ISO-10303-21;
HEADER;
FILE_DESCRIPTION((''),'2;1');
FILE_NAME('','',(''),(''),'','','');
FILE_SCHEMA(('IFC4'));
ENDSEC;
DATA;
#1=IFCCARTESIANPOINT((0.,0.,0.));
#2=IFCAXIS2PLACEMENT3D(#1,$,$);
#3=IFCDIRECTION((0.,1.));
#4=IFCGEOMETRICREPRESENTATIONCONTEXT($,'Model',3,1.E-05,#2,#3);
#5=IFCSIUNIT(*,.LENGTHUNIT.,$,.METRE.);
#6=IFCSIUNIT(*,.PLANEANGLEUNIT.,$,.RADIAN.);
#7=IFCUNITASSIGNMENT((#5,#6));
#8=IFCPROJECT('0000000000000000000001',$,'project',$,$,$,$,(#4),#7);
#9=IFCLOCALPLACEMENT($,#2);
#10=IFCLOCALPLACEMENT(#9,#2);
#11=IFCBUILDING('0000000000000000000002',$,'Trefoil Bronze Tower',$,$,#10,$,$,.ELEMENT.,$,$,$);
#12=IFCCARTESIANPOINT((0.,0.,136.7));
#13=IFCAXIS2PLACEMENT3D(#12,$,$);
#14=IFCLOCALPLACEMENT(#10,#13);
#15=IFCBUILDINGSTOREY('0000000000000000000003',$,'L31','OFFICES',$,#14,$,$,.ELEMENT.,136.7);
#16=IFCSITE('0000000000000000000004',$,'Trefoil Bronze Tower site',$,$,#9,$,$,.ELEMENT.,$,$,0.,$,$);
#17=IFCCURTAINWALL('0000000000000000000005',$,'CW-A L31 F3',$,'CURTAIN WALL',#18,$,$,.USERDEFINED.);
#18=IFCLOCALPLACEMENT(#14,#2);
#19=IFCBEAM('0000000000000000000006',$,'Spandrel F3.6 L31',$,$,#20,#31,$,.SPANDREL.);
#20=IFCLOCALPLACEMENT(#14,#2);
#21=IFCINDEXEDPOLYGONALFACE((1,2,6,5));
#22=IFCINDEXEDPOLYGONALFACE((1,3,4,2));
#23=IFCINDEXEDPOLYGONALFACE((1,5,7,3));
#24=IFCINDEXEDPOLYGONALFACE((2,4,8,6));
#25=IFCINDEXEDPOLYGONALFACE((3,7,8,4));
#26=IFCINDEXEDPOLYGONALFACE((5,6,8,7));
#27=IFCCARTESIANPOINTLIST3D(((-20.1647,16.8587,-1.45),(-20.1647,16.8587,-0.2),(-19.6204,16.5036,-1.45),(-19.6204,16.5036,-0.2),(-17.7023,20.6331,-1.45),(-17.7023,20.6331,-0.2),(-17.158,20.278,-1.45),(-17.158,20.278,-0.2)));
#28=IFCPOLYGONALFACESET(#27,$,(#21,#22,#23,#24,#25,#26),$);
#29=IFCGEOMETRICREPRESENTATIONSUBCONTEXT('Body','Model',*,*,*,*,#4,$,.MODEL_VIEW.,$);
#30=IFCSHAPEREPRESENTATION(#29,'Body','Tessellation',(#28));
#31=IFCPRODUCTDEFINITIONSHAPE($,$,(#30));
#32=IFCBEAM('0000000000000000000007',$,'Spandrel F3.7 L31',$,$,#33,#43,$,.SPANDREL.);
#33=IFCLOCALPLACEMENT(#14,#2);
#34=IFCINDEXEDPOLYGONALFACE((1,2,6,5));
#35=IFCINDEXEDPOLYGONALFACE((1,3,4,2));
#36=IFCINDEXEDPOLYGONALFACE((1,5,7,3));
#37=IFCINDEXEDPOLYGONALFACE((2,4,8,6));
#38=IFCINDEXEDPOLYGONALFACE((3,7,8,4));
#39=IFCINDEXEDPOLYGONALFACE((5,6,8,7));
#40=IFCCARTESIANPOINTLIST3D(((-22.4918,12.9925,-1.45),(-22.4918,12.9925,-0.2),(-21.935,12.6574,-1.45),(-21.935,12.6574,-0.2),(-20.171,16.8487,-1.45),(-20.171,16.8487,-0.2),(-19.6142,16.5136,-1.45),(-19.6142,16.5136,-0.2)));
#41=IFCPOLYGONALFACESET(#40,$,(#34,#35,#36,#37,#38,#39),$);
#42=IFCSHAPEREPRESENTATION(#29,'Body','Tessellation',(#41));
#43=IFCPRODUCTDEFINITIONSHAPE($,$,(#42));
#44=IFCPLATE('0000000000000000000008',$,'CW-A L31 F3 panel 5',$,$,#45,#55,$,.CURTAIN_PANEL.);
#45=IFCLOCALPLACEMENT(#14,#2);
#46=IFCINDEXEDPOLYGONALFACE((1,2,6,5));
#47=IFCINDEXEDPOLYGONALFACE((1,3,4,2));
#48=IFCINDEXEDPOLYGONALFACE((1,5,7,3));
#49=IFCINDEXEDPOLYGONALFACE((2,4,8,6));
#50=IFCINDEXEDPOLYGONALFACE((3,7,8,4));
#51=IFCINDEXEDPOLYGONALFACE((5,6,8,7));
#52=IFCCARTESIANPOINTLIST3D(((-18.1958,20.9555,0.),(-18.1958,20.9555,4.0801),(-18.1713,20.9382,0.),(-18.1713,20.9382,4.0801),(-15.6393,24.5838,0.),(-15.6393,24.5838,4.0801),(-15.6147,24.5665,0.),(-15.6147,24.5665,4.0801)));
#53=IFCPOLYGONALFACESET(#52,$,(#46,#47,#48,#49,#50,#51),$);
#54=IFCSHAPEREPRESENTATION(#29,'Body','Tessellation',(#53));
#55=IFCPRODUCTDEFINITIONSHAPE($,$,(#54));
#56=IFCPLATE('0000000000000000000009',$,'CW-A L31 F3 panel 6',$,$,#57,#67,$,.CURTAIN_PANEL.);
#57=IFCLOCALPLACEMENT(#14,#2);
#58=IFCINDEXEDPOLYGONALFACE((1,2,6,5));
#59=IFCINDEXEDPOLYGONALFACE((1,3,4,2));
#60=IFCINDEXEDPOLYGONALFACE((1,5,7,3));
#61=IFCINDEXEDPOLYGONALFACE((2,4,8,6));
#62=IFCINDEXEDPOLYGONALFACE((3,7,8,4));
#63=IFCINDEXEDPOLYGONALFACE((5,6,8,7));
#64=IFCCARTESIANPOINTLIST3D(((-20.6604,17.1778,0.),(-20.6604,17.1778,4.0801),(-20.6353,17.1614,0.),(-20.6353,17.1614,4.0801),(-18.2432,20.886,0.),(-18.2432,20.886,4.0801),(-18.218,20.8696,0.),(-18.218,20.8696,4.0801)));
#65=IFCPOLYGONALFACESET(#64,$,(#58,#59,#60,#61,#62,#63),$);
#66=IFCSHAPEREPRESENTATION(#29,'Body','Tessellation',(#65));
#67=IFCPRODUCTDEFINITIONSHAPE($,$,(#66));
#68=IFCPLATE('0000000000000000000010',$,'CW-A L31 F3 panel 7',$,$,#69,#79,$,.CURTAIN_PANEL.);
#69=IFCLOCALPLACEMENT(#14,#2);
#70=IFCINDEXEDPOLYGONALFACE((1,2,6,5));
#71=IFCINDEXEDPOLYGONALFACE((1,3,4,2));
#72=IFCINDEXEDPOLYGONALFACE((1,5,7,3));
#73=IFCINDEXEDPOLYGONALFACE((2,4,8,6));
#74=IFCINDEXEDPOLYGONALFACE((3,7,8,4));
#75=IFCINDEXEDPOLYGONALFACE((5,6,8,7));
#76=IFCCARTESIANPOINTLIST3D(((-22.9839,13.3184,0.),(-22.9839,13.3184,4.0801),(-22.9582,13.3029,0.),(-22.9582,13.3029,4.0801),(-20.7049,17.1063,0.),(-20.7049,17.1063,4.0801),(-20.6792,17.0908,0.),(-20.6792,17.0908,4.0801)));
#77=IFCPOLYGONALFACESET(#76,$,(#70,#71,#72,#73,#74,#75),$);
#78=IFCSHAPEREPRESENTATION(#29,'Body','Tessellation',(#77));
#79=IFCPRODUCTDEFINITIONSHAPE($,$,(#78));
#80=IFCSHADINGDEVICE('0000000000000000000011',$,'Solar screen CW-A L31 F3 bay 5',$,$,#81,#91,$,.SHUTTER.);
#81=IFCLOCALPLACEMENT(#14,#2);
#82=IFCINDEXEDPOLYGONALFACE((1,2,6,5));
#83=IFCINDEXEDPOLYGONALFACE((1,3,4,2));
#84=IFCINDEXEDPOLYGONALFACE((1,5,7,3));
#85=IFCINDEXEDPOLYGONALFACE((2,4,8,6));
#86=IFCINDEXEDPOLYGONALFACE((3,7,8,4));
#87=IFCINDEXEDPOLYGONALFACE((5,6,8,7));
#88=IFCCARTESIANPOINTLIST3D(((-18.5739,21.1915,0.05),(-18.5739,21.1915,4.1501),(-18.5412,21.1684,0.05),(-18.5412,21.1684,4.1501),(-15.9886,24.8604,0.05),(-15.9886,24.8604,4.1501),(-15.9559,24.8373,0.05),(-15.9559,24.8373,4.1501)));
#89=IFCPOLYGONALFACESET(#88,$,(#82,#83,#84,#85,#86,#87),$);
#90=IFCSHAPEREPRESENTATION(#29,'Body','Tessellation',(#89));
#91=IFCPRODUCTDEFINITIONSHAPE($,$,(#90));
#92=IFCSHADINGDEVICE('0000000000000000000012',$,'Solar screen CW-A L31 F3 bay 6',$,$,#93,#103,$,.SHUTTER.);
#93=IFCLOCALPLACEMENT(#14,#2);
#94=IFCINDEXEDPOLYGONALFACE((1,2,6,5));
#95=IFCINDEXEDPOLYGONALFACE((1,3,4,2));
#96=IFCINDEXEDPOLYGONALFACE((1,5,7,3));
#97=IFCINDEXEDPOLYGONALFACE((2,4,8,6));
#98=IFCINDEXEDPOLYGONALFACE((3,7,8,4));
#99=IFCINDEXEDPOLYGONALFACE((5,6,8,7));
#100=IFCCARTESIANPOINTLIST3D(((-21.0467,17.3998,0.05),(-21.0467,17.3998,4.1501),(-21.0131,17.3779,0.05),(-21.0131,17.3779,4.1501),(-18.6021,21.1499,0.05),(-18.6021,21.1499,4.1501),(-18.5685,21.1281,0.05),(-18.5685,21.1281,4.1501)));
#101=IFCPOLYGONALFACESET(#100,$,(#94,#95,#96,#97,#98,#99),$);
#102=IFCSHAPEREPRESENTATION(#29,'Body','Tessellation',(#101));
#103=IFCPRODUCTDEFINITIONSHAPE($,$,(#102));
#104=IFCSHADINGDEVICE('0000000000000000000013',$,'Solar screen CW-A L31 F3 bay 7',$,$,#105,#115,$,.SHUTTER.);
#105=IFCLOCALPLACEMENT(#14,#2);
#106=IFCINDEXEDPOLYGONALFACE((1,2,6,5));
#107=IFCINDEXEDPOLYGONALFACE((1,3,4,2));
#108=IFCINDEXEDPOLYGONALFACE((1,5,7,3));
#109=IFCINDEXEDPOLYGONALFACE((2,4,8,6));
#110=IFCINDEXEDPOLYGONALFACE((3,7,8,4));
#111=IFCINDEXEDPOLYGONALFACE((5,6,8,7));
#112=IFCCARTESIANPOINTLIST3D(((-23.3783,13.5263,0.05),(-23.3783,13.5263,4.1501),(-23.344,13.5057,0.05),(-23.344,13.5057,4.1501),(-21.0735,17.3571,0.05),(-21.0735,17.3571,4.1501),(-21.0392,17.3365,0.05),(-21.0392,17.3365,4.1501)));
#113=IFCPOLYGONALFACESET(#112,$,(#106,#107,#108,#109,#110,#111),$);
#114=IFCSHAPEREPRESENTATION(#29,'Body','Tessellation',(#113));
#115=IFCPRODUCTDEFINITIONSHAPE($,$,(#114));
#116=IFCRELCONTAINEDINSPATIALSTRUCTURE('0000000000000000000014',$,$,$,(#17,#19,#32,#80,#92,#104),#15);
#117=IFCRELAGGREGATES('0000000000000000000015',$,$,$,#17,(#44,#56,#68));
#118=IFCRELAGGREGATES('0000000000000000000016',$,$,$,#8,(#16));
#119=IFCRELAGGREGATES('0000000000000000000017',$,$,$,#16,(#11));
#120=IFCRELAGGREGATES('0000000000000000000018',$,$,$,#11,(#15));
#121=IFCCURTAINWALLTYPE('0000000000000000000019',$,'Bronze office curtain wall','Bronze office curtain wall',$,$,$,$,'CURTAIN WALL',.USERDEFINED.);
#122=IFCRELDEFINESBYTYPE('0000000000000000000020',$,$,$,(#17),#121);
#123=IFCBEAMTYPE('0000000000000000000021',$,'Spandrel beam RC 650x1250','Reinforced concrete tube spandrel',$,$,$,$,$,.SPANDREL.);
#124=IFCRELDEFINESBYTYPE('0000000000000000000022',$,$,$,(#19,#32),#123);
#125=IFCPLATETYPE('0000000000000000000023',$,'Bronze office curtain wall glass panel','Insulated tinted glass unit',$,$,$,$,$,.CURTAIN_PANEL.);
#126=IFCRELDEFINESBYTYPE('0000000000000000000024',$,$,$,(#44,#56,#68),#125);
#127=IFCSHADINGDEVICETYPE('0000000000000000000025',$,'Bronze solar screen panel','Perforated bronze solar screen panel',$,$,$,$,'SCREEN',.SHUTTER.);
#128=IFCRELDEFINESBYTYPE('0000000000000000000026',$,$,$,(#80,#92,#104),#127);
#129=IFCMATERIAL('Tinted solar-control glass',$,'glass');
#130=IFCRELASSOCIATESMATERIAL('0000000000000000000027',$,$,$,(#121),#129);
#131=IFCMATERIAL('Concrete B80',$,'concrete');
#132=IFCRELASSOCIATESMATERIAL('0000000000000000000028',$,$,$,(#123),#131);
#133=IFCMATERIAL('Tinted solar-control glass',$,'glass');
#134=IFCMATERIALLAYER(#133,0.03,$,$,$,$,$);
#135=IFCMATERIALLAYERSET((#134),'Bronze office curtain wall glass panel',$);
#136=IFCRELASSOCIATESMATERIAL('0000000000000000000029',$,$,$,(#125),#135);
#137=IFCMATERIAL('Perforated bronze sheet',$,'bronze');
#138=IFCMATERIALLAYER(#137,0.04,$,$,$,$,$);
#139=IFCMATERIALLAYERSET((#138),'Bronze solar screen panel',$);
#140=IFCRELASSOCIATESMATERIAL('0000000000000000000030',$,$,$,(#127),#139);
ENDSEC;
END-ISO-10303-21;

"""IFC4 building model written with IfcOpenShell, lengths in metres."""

from ifc_helpers import new_model, si_unit, direction, frame, origin, origin_2d, place, context, subcontext, project, spatial, rectangle, extrude, material, layer, layer_set, material_profile, profile_set, type_object, element, aggregate, save


model = new_model("IFC4")

# Units and contexts
model_context = context("Model", 3, precision=1e-05, world=origin(), true_north=direction((0.0, 1.0)))
body_context = subcontext(model_context, "Body", "Model", "MODEL_VIEW")
ifc_project = project(units=[si_unit("LENGTHUNIT", "METRE"), si_unit("PLANEANGLEUNIT", "RADIAN")], contexts=[model_context])

# Site, building, storey
site_placement = place(None, origin())
site = spatial("IfcSite", under=ifc_project, at=site_placement, Name="Trefoil Bronze Tower site", CompositionType="ELEMENT", RefElevation=0.0)
building_placement = place(site_placement, origin())
building = spatial("IfcBuilding", under=site, at=building_placement, Name="Trefoil Bronze Tower", CompositionType="ELEMENT")
storey_placement = place(building_placement, frame((0.0, 0.0, 136.7)))
storey = spatial("IfcBuildingStorey", under=building, at=storey_placement, Name="L31", Description="OFFICES", CompositionType="ELEMENT", Elevation=136.7)

# Curtain wall
ifc_material_1 = material(Name="Tinted solar-control glass", Category="glass")
curtain_wall_type = type_object("IfcCurtainWallType", Name="Bronze office curtain wall", Description="Bronze office curtain wall", ElementType="CURTAIN WALL", PredefinedType="USERDEFINED", material=ifc_material_1)
curtain_wall_placement = place(storey_placement, origin())
curtain_wall = element("IfcCurtainWall", 1, at=curtain_wall_placement, inside=storey, type_object=curtain_wall_type, Name="CW-A L31 F3", ObjectType="CURTAIN WALL", PredefinedType="USERDEFINED")

# Beams
ifc_material_2 = material(Name="Concrete B80", Category="concrete")
ifc_material_profile_1 = material_profile(ifc_material_2, rectangle(XDim=0.6499, YDim=1.25, at=origin_2d()), Name="RC 650x1250")
ifc_profile_set_1 = profile_set([ifc_material_profile_1], Name="Concrete B80")
beam_type_1 = type_object("IfcBeamType", Name="Spandrel beam RC 650x1250", Description="Reinforced concrete tube spandrel", PredefinedType="SPANDREL", material=ifc_profile_set_1)
beam_1_placement = place(storey_placement, frame((-17.4302, 20.4556, -0.825), z_axis=(-0.546397, -0.837527, 0.0), x_axis=(0.837527, -0.546397, 0.0)))
element("IfcBeam", 2, at=beam_1_placement, inside=storey, type_object=beam_type_1, Name="Spandrel F3.6 L31", PredefinedType="SPANDREL", context=body_context, shape_type="SweptSolid", body=[
    extrude(rectangle(XDim=0.6499, YDim=1.25, at=origin_2d()), origin(), (0.0, 0.0, 1.0), 4.5066),
])
beam_2_placement = place(storey_placement, frame((-19.8926, 16.6812, -0.825), z_axis=(-0.515652, -0.856798, 0.0), x_axis=(0.856798, -0.515652, 0.0)))
element("IfcBeam", 3, at=beam_2_placement, inside=storey, type_object=beam_type_1, Name="Spandrel F3.7 L31", PredefinedType="SPANDREL", context=body_context, shape_type="SweptSolid", body=[
    extrude(rectangle(XDim=0.6499, YDim=1.25, at=origin_2d()), origin(), (0.0, 0.0, 1.0), 4.5007),
])

# Plates
ifc_material_3 = material(Name="Tinted solar-control glass", Category="glass")
ifc_layer_1 = layer(ifc_material_3, 0.03)
ifc_layer_set_1 = layer_set([ifc_layer_1], Name="Bronze office curtain wall glass panel")
plate_type = type_object("IfcPlateType", Name="Bronze office curtain wall glass panel", Description="Insulated tinted glass unit", PredefinedType="CURTAIN_PANEL", material=ifc_layer_set_1)
plate_1_placement = place(storey_placement, frame((-16.9053, 22.761, 0.0), z_axis=(0.0, 0.0, 1.0), x_axis=(-0.575999, -0.81745, 0.0)))
plate_1 = element("IfcPlate", 4, at=plate_1_placement, type_object=plate_type, Name="CW-A L31 F3 panel 5", PredefinedType="CURTAIN_PANEL", context=body_context, shape_type="SweptSolid", body=[
    extrude(rectangle(XDim=4.4385, YDim=0.03, at=origin_2d()), origin(), (0.0, 0.0, 1.0), 4.0801),
])
plate_2_placement = place(storey_placement, frame((-19.4392, 19.0237, 0.0), z_axis=(0.0, 0.0, 1.0), x_axis=(-0.546089, -0.837727, 0.0)))
plate_2 = element("IfcPlate", 5, at=plate_2_placement, type_object=plate_type, Name="CW-A L31 F3 panel 6", PredefinedType="CURTAIN_PANEL", context=body_context, shape_type="SweptSolid", body=[
    extrude(rectangle(XDim=4.4265, YDim=0.03, at=origin_2d()), origin(), (0.0, 0.0, 1.0), 4.0801),
])
plate_3_placement = place(storey_placement, frame((-21.8315, 15.2046, 0.0), z_axis=(0.0, 0.0, 1.0), x_axis=(-0.515525, -0.856874, 0.0)))
plate_3 = element("IfcPlate", 6, at=plate_3_placement, type_object=plate_type, Name="CW-A L31 F3 panel 7", PredefinedType="CURTAIN_PANEL", context=body_context, shape_type="SweptSolid", body=[
    extrude(rectangle(XDim=4.4207, YDim=0.03, at=origin_2d()), origin(), (0.0, 0.0, 1.0), 4.0801),
])
aggregate(curtain_wall, [plate_1, plate_2, plate_3])

# Shading devices
ifc_material_4 = material(Name="Perforated bronze sheet", Category="bronze")
ifc_layer_2 = layer(ifc_material_4, 0.04)
ifc_layer_set_2 = layer_set([ifc_layer_2], Name="Bronze solar screen panel")
shading_device_type = type_object("IfcShadingDeviceType", Name="Bronze solar screen panel", Description="Perforated bronze solar screen panel", ElementType="SCREEN", PredefinedType="SHUTTER", material=ifc_layer_set_2)
shading_device_1_placement = place(storey_placement, frame((-17.2649, 23.0144, 0.05), z_axis=(0.0, 0.0, 1.0), x_axis=(-0.575999, -0.81745, 0.0)))
element("IfcShadingDevice", 7, at=shading_device_1_placement, inside=storey, type_object=shading_device_type, Name="Solar screen CW-A L31 F3 bay 5", PredefinedType="SHUTTER", context=body_context, shape_type="SweptSolid", body=[
    extrude(rectangle(XDim=4.4883, YDim=0.04, at=origin_2d()), origin(), (0.0, 0.0, 1.0), 4.1001),
])
shading_device_2_placement = place(storey_placement, frame((-19.8076, 19.2639, 0.05), z_axis=(0.0, 0.0, 1.0), x_axis=(-0.546089, -0.837727, 0.0)))
element("IfcShadingDevice", 8, at=shading_device_2_placement, inside=storey, type_object=shading_device_type, Name="Solar screen CW-A L31 F3 bay 6", PredefinedType="SHUTTER", context=body_context, shape_type="SweptSolid", body=[
    extrude(rectangle(XDim=4.4766, YDim=0.04, at=origin_2d()), origin(), (0.0, 0.0, 1.0), 4.1001),
])
shading_device_3_placement = place(storey_placement, frame((-22.2087, 15.4314, 0.05), z_axis=(0.0, 0.0, 1.0), x_axis=(-0.515525, -0.856874, 0.0)))
element("IfcShadingDevice", 9, at=shading_device_3_placement, inside=storey, type_object=shading_device_type, Name="Solar screen CW-A L31 F3 bay 7", PredefinedType="SHUTTER", context=body_context, shape_type="SweptSolid", body=[
    extrude(rectangle(XDim=4.4707, YDim=0.04, at=origin_2d()), origin(), (0.0, 0.0, 1.0), 4.1001),
])

save(model, "model.ifc")
